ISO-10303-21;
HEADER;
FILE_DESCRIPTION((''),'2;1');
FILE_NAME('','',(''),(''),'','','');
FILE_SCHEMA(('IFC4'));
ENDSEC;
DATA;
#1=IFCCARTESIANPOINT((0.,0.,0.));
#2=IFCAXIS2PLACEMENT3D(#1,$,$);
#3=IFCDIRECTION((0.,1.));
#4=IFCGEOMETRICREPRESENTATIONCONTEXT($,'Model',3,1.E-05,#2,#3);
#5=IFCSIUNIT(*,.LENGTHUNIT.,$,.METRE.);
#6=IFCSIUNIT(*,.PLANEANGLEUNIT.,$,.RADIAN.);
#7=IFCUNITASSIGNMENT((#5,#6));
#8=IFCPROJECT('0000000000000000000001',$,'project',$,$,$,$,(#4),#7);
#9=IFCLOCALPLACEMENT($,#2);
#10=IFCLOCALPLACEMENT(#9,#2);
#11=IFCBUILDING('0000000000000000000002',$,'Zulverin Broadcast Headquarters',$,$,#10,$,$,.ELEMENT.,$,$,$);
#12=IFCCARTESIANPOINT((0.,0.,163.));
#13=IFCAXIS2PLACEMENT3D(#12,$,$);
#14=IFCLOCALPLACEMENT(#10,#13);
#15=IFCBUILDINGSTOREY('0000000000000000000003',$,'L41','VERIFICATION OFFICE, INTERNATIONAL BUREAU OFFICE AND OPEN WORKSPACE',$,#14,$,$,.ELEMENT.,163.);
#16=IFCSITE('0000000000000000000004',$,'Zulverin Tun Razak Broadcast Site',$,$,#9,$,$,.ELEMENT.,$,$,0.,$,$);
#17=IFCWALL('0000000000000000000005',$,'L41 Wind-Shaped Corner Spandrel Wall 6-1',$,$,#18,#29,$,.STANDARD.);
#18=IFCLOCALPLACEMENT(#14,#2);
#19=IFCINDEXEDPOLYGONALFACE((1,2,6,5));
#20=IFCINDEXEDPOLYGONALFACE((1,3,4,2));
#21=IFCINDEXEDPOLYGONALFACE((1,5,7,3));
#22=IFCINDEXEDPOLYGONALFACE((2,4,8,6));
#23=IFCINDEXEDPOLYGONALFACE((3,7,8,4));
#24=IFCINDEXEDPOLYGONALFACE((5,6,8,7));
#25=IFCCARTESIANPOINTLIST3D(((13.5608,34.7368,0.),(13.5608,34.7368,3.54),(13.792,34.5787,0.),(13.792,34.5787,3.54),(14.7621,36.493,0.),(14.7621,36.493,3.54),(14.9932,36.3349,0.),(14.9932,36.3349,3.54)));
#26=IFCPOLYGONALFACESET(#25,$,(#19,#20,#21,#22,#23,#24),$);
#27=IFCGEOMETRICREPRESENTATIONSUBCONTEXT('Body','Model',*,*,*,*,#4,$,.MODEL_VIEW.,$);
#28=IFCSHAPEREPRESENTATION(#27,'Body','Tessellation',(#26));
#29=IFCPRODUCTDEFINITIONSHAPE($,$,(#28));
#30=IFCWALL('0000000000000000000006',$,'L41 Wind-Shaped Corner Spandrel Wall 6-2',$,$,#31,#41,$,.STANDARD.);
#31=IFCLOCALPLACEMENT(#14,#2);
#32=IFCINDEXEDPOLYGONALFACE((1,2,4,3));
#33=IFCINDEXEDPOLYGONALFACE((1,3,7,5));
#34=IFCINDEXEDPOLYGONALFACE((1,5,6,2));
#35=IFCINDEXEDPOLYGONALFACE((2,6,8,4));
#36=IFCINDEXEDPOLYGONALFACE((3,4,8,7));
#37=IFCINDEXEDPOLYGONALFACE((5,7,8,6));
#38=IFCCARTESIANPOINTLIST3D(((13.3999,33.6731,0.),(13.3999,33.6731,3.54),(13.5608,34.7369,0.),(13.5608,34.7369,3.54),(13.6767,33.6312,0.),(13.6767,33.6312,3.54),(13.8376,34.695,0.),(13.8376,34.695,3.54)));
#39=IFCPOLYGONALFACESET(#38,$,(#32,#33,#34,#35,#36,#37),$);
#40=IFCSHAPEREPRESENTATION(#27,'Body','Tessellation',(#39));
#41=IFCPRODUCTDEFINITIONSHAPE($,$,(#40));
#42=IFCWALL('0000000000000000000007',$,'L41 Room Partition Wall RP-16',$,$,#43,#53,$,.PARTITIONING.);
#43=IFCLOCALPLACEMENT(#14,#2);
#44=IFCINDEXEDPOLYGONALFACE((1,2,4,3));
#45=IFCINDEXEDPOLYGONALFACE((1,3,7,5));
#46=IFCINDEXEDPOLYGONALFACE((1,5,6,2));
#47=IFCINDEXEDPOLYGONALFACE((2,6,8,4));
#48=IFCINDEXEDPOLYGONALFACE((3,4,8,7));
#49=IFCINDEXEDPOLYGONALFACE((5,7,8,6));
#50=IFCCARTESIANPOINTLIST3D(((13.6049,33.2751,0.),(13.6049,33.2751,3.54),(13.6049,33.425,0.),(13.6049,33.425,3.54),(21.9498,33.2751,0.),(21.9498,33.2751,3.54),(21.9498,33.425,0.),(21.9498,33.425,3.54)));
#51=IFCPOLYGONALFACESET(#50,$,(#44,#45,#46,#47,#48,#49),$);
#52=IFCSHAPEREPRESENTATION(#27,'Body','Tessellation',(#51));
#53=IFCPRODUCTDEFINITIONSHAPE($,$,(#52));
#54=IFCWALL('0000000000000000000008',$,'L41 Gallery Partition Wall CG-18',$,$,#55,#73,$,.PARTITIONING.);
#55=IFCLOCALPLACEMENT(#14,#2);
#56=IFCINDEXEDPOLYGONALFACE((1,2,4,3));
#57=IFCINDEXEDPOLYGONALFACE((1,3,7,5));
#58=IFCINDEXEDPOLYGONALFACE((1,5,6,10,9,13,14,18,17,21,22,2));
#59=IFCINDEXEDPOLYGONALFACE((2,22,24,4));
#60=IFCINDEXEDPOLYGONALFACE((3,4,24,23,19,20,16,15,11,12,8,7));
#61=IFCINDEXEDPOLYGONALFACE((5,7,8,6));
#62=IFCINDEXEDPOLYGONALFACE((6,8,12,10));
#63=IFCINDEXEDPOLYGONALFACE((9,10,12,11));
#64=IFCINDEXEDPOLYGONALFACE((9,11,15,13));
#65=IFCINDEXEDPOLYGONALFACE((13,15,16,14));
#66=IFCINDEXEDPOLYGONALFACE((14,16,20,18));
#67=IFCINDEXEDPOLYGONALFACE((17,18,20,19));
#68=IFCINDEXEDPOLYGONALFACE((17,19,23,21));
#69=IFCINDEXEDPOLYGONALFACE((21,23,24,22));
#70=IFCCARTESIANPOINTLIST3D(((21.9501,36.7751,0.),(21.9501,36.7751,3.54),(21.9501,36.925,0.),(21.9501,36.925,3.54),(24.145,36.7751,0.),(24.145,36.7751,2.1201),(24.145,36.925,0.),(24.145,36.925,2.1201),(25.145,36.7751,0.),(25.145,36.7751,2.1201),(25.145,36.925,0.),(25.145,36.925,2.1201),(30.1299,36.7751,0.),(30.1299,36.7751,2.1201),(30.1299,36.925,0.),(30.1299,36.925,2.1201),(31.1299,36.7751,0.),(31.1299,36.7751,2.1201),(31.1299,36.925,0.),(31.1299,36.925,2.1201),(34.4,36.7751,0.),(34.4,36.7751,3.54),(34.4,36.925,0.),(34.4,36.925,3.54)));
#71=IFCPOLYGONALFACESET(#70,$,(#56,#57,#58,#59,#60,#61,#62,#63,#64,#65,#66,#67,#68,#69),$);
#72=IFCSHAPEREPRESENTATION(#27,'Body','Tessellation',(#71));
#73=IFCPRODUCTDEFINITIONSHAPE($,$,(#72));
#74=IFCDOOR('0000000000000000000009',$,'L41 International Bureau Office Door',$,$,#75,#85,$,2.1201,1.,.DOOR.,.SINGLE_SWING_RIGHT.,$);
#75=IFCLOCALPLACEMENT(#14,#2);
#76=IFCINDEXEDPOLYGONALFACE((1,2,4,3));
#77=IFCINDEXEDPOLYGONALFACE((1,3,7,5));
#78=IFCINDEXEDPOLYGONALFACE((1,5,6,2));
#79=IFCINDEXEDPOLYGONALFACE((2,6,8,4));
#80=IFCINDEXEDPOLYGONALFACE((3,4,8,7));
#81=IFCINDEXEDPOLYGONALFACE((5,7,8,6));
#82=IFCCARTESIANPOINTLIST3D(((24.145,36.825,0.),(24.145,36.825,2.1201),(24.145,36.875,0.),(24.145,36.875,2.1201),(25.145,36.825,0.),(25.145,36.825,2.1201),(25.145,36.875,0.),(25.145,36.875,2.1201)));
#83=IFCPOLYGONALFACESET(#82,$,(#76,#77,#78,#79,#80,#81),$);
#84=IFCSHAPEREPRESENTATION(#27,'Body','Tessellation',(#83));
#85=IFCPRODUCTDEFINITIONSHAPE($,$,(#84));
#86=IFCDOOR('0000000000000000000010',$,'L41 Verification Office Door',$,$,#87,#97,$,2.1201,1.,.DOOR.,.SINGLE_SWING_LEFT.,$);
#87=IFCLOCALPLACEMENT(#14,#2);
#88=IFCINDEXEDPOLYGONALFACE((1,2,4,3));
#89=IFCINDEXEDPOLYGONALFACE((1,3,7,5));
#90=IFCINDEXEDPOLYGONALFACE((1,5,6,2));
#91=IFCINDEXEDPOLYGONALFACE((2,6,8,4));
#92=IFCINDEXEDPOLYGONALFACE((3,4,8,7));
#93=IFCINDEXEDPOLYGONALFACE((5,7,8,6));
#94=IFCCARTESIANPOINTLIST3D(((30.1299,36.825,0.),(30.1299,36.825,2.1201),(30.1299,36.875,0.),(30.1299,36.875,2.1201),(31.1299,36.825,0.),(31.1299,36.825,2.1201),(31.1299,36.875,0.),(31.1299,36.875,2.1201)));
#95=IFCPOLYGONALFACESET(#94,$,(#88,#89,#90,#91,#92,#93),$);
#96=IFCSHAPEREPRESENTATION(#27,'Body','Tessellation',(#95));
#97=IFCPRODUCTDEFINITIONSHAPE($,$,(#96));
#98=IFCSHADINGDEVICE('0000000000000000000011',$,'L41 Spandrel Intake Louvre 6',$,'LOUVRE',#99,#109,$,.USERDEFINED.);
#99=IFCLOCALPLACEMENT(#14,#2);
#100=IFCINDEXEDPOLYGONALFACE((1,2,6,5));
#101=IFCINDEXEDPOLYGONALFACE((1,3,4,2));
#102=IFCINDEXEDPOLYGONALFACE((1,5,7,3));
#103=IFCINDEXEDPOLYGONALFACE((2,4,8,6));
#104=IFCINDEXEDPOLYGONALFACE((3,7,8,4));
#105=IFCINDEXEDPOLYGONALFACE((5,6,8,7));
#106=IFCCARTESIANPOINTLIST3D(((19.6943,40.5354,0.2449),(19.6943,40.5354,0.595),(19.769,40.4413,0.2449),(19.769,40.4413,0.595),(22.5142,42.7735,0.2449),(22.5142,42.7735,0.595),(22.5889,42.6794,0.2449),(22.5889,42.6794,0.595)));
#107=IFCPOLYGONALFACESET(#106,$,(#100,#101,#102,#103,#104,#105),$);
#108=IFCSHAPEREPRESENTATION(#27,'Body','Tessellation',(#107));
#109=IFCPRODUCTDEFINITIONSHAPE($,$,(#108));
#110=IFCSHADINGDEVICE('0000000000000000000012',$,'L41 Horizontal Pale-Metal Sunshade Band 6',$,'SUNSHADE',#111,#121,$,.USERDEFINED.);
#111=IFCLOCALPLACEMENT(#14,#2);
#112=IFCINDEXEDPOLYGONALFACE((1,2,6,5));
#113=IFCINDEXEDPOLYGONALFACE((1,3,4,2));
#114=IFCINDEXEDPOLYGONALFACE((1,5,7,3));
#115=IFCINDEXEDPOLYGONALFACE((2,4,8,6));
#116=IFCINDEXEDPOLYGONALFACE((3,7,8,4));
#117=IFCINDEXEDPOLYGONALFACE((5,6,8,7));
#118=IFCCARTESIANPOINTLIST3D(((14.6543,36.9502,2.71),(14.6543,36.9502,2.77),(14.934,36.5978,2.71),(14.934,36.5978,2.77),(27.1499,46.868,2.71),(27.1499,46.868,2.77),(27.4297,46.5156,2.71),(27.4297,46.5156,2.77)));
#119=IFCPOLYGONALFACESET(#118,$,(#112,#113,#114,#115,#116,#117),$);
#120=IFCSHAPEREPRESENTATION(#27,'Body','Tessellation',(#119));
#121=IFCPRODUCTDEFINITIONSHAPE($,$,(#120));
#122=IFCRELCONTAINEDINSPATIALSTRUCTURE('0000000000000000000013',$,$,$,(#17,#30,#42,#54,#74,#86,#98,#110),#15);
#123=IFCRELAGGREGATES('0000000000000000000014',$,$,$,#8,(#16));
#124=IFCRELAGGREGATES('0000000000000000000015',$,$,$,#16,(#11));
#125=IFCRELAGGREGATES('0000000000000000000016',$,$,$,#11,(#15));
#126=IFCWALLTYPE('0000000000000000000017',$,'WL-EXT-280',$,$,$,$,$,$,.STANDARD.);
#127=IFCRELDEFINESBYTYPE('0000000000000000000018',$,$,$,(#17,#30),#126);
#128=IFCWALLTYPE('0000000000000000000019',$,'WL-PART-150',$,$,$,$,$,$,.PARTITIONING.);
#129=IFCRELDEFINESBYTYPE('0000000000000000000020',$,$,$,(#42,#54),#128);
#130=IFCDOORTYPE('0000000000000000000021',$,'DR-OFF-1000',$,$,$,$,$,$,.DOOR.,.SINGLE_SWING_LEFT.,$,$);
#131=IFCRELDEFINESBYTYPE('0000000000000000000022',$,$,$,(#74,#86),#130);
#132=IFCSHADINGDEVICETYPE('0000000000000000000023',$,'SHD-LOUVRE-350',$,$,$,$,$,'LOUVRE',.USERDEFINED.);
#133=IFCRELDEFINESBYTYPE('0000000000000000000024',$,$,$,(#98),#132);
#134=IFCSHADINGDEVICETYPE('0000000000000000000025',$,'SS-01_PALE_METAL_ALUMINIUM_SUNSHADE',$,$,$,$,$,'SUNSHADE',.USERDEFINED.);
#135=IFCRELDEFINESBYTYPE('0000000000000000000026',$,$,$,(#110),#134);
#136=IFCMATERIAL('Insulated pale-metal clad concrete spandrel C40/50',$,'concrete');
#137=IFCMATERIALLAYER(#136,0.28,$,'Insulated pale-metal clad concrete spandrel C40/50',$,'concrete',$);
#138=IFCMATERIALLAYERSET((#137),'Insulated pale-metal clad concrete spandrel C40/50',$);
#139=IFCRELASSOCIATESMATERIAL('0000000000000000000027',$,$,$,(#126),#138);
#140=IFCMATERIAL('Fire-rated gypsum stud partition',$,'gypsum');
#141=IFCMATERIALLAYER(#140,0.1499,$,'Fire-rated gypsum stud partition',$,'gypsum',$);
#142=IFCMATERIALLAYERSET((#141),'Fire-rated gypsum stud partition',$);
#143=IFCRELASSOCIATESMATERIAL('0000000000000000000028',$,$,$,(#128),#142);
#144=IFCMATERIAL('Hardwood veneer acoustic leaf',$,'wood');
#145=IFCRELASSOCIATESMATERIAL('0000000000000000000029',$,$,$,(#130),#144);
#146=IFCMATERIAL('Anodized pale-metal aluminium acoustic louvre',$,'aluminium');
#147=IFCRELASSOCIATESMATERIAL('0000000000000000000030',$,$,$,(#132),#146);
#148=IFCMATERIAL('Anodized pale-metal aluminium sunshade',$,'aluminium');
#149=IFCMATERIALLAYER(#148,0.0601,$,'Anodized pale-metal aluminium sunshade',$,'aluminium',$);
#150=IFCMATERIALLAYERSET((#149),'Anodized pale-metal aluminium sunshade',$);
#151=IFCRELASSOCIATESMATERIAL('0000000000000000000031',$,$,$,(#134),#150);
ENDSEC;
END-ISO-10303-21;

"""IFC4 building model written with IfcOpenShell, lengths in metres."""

from ifc_helpers import new_model, si_unit, direction, frame, frame_2d, origin, origin_2d, place, context, subcontext, project, spatial, rectangle, extrude, material, layer, layer_set, type_object, element, fill, save


model = new_model("IFC4")

# Units and contexts
model_context = context("Model", 3, precision=1e-05, world=origin(), true_north=direction((0.0, 1.0)))
body_context = subcontext(model_context, "Body", "Model", "MODEL_VIEW")
ifc_project = project(units=[si_unit("LENGTHUNIT", "METRE"), si_unit("PLANEANGLEUNIT", "RADIAN")], contexts=[model_context])

# Site, building, storey
site_placement = place(None, origin())
site = spatial("IfcSite", under=ifc_project, at=site_placement, Name="Zulverin Tun Razak Broadcast Site", CompositionType="ELEMENT", RefElevation=0.0)
building_placement = place(site_placement, origin())
building = spatial("IfcBuilding", under=site, at=building_placement, Name="Zulverin Broadcast Headquarters", CompositionType="ELEMENT")
storey_placement = place(building_placement, frame((0.0, 0.0, 163.0)))
storey = spatial("IfcBuildingStorey", under=building, at=storey_placement, Name="L41", Description="VERIFICATION OFFICE, INTERNATIONAL BUREAU OFFICE AND OPEN WORKSPACE", CompositionType="ELEMENT", Elevation=163.0)

# Shared definitions
ifc_material_1 = material(Name="Insulated pale-metal clad concrete spandrel C40/50", Category="concrete")
ifc_layer_1 = layer(ifc_material_1, 0.28, Name="Insulated pale-metal clad concrete spandrel C40/50", Category="concrete")
ifc_layer_set_1 = layer_set([ifc_layer_1], Name="Insulated pale-metal clad concrete spandrel C40/50")
wall_type_1 = type_object("IfcWallType", Name="WL-EXT-280", PredefinedType="STANDARD", material=ifc_layer_set_1)

# Walls
wall_1_placement = place(storey_placement, frame((14.8777, 36.4141, 0.0), z_axis=(0.0, 0.0, 1.0), x_axis=(-0.564565, -0.825389, 0.0)))
element("IfcWall", 1, at=wall_1_placement, inside=storey, type_object=wall_type_1, Name="L41 Wind-Shaped Corner Spandrel Wall 6-1", PredefinedType="STANDARD", context=body_context, shape_type="SweptSolid", body=[
    extrude(rectangle(XDim=2.1277, YDim=0.28, at=frame_2d((1.064, 0.0))), origin(), (0.0, 0.0, 1.0), 3.54),
])
wall_2_placement = place(storey_placement, frame((13.6992, 34.7161, 0.0), z_axis=(0.0, 0.0, 1.0), x_axis=(-0.14955, -0.988754, 0.0)))
element("IfcWall", 2, at=wall_2_placement, inside=storey, type_object=wall_type_1, Name="L41 Wind-Shaped Corner Spandrel Wall 6-2", PredefinedType="STANDARD", context=body_context, shape_type="SweptSolid", body=[
    extrude(rectangle(XDim=1.0759, YDim=0.28, at=frame_2d((0.5381, 0.0))), origin(), (0.0, 0.0, 1.0), 3.54),
])
ifc_material_2 = material(Name="Fire-rated gypsum stud partition", Category="gypsum")
ifc_layer_2 = layer(ifc_material_2, 0.1499, Name="Fire-rated gypsum stud partition", Category="gypsum")
ifc_layer_set_2 = layer_set([ifc_layer_2], Name="Fire-rated gypsum stud partition")
wall_type_2 = type_object("IfcWallType", Name="WL-PART-150", PredefinedType="PARTITIONING", material=ifc_layer_set_2)
wall_3_placement = place(storey_placement, frame((13.605, 33.3501, 0.0), z_axis=(0.0, 0.0, 1.0), x_axis=(1.0, 0.0, 0.0)))
element("IfcWall", 3, at=wall_3_placement, inside=storey, type_object=wall_type_2, Name="L41 Room Partition Wall RP-16", PredefinedType="PARTITIONING", context=body_context, shape_type="SweptSolid", body=[
    extrude(rectangle(XDim=8.345, YDim=0.1499, at=frame_2d((4.1724, 0.0))), origin(), (0.0, 0.0, 1.0), 3.54),
])

# Wall, openings, doors
wall_4_placement = place(storey_placement, frame((21.95, 36.8501, 0.0), z_axis=(0.0, 0.0, 1.0), x_axis=(1.0, 0.0, 0.0)))
wall_4 = element("IfcWall", 4, at=wall_4_placement, inside=storey, type_object=wall_type_2, Name="L41 Gallery Partition Wall CG-18", PredefinedType="PARTITIONING", context=body_context, shape_type="SweptSolid", body=[
    extrude(rectangle(XDim=12.45, YDim=0.1499, at=frame_2d((6.2251, 0.0))), origin(), (0.0, 0.0, 1.0), 3.54),
])
opening_1_placement = place(wall_4_placement, frame((2.1951, 0.0, 0.0)))
opening_1 = element("IfcOpeningElement", 5, at=opening_1_placement, cuts=wall_4, PredefinedType="OPENING", context=body_context, shape_type="SweptSolid", body=[
    extrude(rectangle(XDim=1.0, YDim=2.1201, at=frame_2d((0.5, 1.0601))), frame((0.0, 0.085, 0.0), z_axis=(0.0, -1.0, 0.0), x_axis=(1.0, 0.0, 0.0)), (0.0, 0.0, 1.0), 0.1699),
])
opening_2_placement = place(wall_4_placement, frame((8.1799, 0.0, 0.0)))
opening_2 = element("IfcOpeningElement", 6, at=opening_2_placement, cuts=wall_4, PredefinedType="OPENING", context=body_context, shape_type="SweptSolid", body=[
    extrude(rectangle(XDim=1.0, YDim=2.1201, at=frame_2d((0.5, 1.0601))), frame((0.0, 0.085, 0.0), z_axis=(0.0, -1.0, 0.0), x_axis=(1.0, 0.0, 0.0)), (0.0, 0.0, 1.0), 0.1699),
])
ifc_material_3 = material(Name="Hardwood veneer acoustic leaf", Category="wood")
door_type = type_object("IfcDoorType", Name="DR-OFF-1000", OperationType="SINGLE_SWING_LEFT", PredefinedType="DOOR", material=ifc_material_3)
door_1_placement = place(opening_1_placement, origin())
door_1 = element("IfcDoor", 7, at=door_1_placement, inside=storey, type_object=door_type, Name="L41 International Bureau Office Door", OperationType="SINGLE_SWING_RIGHT", OverallHeight=2.1201, OverallWidth=1.0, PredefinedType="DOOR", context=body_context, shape_type="SweptSolid", body=[
    extrude(rectangle(XDim=1.0, YDim=2.1201, at=frame_2d((0.5, 1.0601))), frame((0.0, 0.0249, 0.0), z_axis=(0.0, -1.0, 0.0), x_axis=(1.0, 0.0, 0.0)), (0.0, 0.0, 1.0), 0.05),
])
fill(opening_1, door_1)
door_2_placement = place(opening_2_placement, origin())
door_2 = element("IfcDoor", 8, at=door_2_placement, inside=storey, type_object=door_type, Name="L41 Verification Office Door", OperationType="SINGLE_SWING_LEFT", OverallHeight=2.1201, OverallWidth=1.0, PredefinedType="DOOR", context=body_context, shape_type="SweptSolid", body=[
    extrude(rectangle(XDim=1.0, YDim=2.1201, at=frame_2d((0.5, 1.0601))), frame((0.0, 0.0249, 0.0), z_axis=(0.0, -1.0, 0.0), x_axis=(1.0, 0.0, 0.0)), (0.0, 0.0, 1.0), 0.05),
])
fill(opening_2, door_2)

# Shading devices
ifc_material_4 = material(Name="Anodized pale-metal aluminium acoustic louvre", Category="aluminium")
shading_device_type_1 = type_object("IfcShadingDeviceType", Name="SHD-LOUVRE-350", ElementType="LOUVRE", PredefinedType="USERDEFINED", material=ifc_material_4)
shading_device_1_placement = place(storey_placement, frame((21.1416, 41.6074, 0.2449), z_axis=(0.0, 0.0, 1.0), x_axis=(-0.78327, -0.621681, 0.0)))
element("IfcShadingDevice", 9, at=shading_device_1_placement, inside=storey, type_object=shading_device_type_1, Name="L41 Spandrel Intake Louvre 6", ObjectType="LOUVRE", PredefinedType="USERDEFINED", context=body_context, shape_type="SweptSolid", body=[
    extrude(rectangle(XDim=3.6001, YDim=0.1201, at=origin_2d()), origin(), (0.0, 0.0, 1.0), 0.3501),
])
ifc_material_5 = material(Name="Anodized pale-metal aluminium sunshade", Category="aluminium")
ifc_layer_3 = layer(ifc_material_5, 0.0601, Name="Anodized pale-metal aluminium sunshade", Category="aluminium")
ifc_layer_set_3 = layer_set([ifc_layer_3], Name="Anodized pale-metal aluminium sunshade")
shading_device_type_2 = type_object("IfcShadingDeviceType", Name="SS-01_PALE_METAL_ALUMINIUM_SUNSHADE", ElementType="SUNSHADE", PredefinedType="USERDEFINED", material=ifc_layer_set_3)
shading_device_2_placement = place(storey_placement, frame((21.042, 41.7329, 2.71), z_axis=(0.0, 0.0, 1.0), x_axis=(-0.78327, -0.621681, 0.0)))
element("IfcShadingDevice", 10, at=shading_device_2_placement, inside=storey, type_object=shading_device_type_2, Name="L41 Horizontal Pale-Metal Sunshade Band 6", ObjectType="SUNSHADE", PredefinedType="USERDEFINED", context=body_context, shape_type="SweptSolid", body=[
    extrude(rectangle(XDim=15.9531, YDim=0.45, at=origin_2d()), origin(), (0.0, 0.0, 1.0), 0.0601),
])

save(model, "model.ifc")
